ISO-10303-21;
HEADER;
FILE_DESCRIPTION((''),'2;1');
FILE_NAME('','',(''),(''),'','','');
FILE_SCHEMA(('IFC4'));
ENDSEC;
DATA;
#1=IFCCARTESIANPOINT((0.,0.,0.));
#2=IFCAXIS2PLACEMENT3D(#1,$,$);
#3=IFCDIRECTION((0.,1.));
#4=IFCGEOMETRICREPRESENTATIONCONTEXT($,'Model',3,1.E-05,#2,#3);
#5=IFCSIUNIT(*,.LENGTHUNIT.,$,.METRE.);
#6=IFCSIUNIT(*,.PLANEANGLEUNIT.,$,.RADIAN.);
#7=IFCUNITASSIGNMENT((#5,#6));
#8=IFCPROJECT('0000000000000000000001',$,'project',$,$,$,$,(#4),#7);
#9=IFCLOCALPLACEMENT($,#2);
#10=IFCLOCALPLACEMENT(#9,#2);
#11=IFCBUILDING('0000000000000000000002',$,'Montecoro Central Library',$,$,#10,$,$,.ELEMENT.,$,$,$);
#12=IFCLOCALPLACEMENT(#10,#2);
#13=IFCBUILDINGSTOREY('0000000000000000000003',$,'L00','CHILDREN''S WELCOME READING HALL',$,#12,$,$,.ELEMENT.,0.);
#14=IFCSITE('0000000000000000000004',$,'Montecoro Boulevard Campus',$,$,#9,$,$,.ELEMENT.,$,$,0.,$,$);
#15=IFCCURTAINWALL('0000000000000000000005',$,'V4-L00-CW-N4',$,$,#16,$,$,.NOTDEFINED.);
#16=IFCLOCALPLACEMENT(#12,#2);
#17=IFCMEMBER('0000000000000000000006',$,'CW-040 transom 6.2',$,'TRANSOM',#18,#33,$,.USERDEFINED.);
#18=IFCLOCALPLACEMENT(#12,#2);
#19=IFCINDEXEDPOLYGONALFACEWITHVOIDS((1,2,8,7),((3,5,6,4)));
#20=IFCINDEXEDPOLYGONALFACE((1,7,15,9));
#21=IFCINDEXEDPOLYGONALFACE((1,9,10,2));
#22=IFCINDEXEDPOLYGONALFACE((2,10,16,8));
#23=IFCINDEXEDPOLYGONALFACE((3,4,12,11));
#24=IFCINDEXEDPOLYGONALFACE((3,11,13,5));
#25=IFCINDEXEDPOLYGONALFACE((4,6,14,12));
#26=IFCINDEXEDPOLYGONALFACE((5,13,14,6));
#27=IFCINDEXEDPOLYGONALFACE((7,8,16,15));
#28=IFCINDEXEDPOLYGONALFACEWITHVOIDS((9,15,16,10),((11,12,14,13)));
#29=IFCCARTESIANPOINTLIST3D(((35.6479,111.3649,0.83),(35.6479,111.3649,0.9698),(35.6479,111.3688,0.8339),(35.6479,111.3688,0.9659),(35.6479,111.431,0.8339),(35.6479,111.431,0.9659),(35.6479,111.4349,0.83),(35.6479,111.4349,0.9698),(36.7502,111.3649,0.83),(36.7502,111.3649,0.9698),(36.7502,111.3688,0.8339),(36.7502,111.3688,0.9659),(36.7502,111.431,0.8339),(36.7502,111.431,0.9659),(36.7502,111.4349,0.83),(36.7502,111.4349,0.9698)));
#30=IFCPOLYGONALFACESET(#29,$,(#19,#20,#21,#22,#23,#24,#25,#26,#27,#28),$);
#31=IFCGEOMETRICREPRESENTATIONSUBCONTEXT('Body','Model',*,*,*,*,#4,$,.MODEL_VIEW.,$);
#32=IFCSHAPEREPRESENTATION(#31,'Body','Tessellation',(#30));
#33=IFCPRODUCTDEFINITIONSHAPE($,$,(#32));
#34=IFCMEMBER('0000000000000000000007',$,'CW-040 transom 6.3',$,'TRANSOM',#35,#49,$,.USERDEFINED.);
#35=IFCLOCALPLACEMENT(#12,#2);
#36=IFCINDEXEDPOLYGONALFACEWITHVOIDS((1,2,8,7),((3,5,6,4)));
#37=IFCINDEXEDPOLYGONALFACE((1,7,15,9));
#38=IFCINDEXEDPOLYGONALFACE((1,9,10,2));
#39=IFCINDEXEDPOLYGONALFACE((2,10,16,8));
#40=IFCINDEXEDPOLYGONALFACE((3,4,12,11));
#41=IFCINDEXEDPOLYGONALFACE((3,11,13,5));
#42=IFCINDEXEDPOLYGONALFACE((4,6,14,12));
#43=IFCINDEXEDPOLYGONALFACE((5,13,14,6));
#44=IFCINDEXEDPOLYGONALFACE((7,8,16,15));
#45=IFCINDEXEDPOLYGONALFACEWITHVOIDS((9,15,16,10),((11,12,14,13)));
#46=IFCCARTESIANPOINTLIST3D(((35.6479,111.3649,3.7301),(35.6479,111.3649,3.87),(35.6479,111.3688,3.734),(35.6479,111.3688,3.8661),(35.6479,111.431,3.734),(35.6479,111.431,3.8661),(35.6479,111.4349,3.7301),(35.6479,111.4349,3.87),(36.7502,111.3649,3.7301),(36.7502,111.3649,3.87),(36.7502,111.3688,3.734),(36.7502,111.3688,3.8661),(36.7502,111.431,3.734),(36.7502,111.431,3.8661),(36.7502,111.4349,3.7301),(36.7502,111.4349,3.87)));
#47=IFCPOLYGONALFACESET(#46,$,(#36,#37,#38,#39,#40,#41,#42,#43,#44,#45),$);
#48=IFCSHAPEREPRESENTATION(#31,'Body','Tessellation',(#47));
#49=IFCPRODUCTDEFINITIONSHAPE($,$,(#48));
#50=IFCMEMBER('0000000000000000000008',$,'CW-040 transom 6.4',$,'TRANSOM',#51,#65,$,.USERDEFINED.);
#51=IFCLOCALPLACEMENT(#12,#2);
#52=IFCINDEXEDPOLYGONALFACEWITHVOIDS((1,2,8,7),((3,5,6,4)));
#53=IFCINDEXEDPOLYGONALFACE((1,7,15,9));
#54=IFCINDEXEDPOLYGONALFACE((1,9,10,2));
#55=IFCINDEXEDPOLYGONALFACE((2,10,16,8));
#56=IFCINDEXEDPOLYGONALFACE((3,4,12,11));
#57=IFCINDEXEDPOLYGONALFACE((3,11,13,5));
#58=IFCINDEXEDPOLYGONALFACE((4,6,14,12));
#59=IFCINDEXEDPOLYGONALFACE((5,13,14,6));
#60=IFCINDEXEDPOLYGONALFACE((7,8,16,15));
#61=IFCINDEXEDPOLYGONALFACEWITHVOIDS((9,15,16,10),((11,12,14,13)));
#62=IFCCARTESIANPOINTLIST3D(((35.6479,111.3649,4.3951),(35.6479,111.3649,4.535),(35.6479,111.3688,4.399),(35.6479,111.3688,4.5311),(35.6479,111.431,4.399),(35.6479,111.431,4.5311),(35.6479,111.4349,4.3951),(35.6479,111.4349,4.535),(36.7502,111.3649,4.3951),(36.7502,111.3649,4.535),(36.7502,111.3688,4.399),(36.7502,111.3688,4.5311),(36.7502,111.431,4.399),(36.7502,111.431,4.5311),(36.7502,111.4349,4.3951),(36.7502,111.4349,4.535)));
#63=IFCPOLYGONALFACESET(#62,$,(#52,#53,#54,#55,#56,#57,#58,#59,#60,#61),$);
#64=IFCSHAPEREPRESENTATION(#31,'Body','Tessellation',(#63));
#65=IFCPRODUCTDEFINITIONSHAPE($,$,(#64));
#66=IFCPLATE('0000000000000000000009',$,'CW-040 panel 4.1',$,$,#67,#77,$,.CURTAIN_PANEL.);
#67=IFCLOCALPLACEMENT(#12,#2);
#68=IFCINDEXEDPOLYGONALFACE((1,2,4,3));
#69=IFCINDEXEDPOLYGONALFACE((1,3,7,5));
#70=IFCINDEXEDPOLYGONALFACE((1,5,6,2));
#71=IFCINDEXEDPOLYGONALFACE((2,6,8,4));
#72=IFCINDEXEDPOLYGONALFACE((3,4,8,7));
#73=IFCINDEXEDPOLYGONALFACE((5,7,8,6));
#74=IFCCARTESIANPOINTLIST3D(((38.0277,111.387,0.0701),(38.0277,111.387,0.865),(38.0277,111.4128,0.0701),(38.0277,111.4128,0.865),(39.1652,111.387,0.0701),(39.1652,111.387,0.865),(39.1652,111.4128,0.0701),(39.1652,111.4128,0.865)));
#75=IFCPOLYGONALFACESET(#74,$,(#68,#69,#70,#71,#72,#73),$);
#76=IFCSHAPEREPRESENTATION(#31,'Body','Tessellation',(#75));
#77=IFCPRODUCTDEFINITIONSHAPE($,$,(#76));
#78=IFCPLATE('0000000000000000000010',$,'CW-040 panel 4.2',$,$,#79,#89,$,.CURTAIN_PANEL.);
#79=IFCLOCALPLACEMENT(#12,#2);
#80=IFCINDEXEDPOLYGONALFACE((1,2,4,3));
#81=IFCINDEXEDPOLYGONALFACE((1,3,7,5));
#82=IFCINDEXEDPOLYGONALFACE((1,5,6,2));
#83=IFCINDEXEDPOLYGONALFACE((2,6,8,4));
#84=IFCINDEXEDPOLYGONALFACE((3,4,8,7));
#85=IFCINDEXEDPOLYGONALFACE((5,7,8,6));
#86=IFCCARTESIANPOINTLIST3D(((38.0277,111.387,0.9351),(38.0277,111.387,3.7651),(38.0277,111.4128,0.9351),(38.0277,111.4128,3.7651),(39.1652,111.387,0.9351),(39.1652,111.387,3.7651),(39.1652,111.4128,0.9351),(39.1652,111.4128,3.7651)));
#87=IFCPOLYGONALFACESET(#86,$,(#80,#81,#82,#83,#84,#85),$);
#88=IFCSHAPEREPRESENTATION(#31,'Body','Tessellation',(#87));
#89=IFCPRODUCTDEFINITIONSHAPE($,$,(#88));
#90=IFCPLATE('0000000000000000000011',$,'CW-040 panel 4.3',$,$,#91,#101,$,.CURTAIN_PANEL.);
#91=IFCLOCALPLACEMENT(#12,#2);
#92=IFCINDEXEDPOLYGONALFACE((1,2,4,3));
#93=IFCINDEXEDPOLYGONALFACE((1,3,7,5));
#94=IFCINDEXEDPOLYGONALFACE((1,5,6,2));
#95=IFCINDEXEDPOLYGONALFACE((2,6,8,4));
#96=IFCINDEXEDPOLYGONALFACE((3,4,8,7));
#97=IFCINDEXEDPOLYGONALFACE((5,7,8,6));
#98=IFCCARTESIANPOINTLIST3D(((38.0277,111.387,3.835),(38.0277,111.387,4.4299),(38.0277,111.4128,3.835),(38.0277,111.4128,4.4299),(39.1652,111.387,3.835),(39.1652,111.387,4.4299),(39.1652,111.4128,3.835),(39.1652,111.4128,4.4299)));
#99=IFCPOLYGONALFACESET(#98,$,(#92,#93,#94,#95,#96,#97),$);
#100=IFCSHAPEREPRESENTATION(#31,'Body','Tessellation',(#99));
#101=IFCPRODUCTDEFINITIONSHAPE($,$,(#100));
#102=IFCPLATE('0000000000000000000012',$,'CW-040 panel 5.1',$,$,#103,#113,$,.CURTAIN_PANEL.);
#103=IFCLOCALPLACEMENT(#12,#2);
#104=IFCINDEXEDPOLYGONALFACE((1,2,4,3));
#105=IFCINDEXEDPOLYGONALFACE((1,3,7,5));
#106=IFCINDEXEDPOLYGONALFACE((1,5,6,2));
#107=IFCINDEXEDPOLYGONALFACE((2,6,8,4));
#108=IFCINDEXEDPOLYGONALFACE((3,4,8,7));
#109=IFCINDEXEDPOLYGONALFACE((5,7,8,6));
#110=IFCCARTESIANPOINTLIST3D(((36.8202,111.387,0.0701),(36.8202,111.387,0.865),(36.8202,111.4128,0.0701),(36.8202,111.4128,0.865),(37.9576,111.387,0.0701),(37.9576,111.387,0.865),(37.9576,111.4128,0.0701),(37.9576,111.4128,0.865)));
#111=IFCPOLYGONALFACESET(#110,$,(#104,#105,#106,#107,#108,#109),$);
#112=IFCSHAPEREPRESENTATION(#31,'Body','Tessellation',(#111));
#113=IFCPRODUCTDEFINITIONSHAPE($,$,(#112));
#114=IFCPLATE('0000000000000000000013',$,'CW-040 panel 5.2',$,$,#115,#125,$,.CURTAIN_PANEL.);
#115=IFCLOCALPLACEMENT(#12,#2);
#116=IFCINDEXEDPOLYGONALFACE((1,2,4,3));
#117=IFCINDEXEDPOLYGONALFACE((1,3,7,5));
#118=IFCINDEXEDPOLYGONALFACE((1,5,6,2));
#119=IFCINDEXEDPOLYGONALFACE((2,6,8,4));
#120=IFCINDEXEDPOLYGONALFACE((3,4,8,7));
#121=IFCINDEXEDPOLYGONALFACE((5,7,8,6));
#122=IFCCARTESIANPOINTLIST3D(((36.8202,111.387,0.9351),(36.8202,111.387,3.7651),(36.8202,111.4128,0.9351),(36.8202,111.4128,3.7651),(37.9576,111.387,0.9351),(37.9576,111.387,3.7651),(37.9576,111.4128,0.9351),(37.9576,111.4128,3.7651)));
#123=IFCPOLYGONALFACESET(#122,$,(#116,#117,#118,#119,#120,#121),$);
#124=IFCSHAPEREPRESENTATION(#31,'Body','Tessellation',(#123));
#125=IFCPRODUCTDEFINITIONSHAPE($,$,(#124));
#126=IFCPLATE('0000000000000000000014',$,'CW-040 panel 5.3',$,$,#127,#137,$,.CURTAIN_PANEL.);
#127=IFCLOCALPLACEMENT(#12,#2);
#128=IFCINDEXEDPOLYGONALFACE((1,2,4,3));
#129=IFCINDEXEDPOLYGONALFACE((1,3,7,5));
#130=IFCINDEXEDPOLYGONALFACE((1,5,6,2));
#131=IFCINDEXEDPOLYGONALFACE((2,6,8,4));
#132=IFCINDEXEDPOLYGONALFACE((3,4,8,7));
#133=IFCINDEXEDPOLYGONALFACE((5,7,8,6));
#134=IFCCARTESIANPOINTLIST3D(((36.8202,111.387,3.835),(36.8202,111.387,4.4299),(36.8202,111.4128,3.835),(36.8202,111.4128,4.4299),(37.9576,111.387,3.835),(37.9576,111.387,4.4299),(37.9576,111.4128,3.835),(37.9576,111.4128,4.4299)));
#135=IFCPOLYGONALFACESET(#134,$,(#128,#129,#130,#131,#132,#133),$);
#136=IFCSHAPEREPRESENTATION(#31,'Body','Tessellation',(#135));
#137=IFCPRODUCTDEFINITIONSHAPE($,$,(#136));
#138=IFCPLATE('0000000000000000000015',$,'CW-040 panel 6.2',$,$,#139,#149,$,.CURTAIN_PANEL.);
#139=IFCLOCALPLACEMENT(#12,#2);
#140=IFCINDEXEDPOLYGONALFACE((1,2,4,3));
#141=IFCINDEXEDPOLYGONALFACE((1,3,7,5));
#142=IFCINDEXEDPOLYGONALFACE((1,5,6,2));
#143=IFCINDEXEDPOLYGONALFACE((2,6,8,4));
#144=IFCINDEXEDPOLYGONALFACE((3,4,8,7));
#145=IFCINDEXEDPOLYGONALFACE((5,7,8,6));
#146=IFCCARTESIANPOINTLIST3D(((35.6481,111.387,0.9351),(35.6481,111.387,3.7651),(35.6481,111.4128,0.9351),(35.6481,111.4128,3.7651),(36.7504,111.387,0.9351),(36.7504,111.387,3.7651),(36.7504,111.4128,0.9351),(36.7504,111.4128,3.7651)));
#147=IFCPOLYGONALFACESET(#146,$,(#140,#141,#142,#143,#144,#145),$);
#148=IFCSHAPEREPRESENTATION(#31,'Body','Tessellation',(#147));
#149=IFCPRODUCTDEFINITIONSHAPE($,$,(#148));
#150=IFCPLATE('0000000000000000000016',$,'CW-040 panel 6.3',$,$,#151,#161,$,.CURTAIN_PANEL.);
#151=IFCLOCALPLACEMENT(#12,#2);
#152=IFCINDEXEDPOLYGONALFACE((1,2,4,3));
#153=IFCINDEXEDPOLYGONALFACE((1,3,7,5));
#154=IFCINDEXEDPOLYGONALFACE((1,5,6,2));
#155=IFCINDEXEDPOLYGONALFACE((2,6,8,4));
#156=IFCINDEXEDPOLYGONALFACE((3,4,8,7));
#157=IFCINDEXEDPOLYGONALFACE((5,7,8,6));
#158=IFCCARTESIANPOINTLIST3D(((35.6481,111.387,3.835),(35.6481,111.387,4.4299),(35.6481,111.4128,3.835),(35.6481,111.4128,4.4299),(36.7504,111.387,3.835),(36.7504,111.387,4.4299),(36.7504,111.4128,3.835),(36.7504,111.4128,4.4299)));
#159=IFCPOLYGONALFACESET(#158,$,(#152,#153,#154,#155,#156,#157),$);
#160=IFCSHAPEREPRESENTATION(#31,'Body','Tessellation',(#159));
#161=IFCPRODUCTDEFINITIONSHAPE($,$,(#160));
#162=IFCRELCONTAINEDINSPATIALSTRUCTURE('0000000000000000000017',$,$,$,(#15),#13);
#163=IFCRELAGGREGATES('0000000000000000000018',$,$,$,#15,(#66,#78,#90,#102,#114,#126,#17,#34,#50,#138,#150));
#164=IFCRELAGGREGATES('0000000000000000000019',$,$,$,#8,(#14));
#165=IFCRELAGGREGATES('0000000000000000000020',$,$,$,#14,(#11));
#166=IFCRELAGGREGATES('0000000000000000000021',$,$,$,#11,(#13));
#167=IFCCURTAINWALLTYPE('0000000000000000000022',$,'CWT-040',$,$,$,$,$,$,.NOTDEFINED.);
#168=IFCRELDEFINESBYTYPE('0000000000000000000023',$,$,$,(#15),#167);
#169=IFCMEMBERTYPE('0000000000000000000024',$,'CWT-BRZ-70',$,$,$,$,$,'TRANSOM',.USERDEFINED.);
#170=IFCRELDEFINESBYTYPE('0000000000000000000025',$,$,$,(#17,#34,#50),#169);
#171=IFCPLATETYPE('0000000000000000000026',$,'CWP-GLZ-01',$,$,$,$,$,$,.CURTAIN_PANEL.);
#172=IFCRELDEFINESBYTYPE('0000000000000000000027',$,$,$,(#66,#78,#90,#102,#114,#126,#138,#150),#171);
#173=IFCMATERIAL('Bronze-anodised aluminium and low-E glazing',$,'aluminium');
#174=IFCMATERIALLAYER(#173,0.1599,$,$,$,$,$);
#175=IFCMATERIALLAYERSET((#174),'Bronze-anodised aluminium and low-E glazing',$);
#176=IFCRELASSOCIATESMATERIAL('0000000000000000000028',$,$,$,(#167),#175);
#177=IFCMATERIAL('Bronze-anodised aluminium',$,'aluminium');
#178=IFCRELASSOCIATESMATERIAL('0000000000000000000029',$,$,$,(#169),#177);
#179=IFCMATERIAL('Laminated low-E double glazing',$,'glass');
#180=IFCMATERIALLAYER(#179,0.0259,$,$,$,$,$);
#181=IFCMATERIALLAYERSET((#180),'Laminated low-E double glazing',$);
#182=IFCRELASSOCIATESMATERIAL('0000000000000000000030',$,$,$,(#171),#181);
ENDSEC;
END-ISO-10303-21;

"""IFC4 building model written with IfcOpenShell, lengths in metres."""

from ifc_helpers import new_model, si_unit, direction, frame, origin, origin_2d, place, context, subcontext, project, spatial, rectangle, hollow_rectangle, extrude, material, layer, layer_set, material_profile, profile_set, type_object, element, aggregate, save


model = new_model("IFC4")

# Units and contexts
model_context = context("Model", 3, precision=1e-05, world=origin(), true_north=direction((0.0, 1.0)))
body_context = subcontext(model_context, "Body", "Model", "MODEL_VIEW")
ifc_project = project(units=[si_unit("LENGTHUNIT", "METRE"), si_unit("PLANEANGLEUNIT", "RADIAN")], contexts=[model_context])

# Site, building, storey
site_placement = place(None, origin())
site = spatial("IfcSite", under=ifc_project, at=site_placement, Name="Montecoro Boulevard Campus", CompositionType="ELEMENT", RefElevation=0.0)
building_placement = place(site_placement, origin())
building = spatial("IfcBuilding", under=site, at=building_placement, Name="Montecoro Central Library", CompositionType="ELEMENT")
storey_placement = place(building_placement, origin())
storey = spatial("IfcBuildingStorey", under=building, at=storey_placement, Name="L00", Description="CHILDREN'S WELCOME READING HALL", CompositionType="ELEMENT", Elevation=0.0)

# Curtain wall, members, plates
ifc_material_1 = material(Name="Bronze-anodised aluminium and low-E glazing", Category="aluminium")
ifc_layer_1 = layer(ifc_material_1, 0.1599)
ifc_layer_set_1 = layer_set([ifc_layer_1], Name="Bronze-anodised aluminium and low-E glazing")
curtain_wall_type = type_object("IfcCurtainWallType", Name="CWT-040", PredefinedType="NOTDEFINED", material=ifc_layer_set_1)
curtain_wall_placement = place(storey_placement, origin())
curtain_wall = element("IfcCurtainWall", 1, at=curtain_wall_placement, inside=storey, type_object=curtain_wall_type, Name="V4-L00-CW-N4", PredefinedType="NOTDEFINED")
ifc_material_2 = material(Name="Bronze-anodised aluminium", Category="aluminium")
ifc_material_profile_1 = material_profile(ifc_material_2, hollow_rectangle(XDim=0.0701, YDim=0.1399, WallThickness=0.0039, at=origin_2d()), Name="CWT 140x70x4.0")
ifc_profile_set_1 = profile_set([ifc_material_profile_1], Name="Bronze-anodised aluminium")
member_type_1 = type_object("IfcMemberType", Name="CWT-BRZ-70", ElementType="TRANSOM", PredefinedType="USERDEFINED", material=ifc_profile_set_1)
member_1_placement = place(storey_placement, frame((36.7502, 111.3999, 0.8999), z_axis=(-1.0, 0.0, 0.0), x_axis=(0.0, -1.0, 0.0)))
member_1 = element("IfcMember", 2, at=member_1_placement, type_object=member_type_1, Name="CW-040 transom 6.2", ObjectType="TRANSOM", PredefinedType="USERDEFINED", context=body_context, shape_type="SweptSolid", body=[
    extrude(hollow_rectangle(XDim=0.0701, YDim=0.1399, WallThickness=0.0039, at=origin_2d()), origin(), (0.0, 0.0, 1.0), 1.1023),
])
member_2_placement = place(storey_placement, frame((36.7502, 111.3999, 3.8), z_axis=(-1.0, 0.0, 0.0), x_axis=(0.0, -1.0, 0.0)))
member_2 = element("IfcMember", 3, at=member_2_placement, type_object=member_type_1, Name="CW-040 transom 6.3", ObjectType="TRANSOM", PredefinedType="USERDEFINED", context=body_context, shape_type="SweptSolid", body=[
    extrude(hollow_rectangle(XDim=0.0701, YDim=0.1399, WallThickness=0.0039, at=origin_2d()), origin(), (0.0, 0.0, 1.0), 1.1023),
])
member_3_placement = place(storey_placement, frame((36.7502, 111.3999, 4.4651), z_axis=(-1.0, 0.0, 0.0), x_axis=(0.0, -1.0, 0.0)))
member_3 = element("IfcMember", 4, at=member_3_placement, type_object=member_type_1, Name="CW-040 transom 6.4", ObjectType="TRANSOM", PredefinedType="USERDEFINED", context=body_context, shape_type="SweptSolid", body=[
    extrude(hollow_rectangle(XDim=0.0701, YDim=0.1399, WallThickness=0.0039, at=origin_2d()), origin(), (0.0, 0.0, 1.0), 1.1023),
])
ifc_material_3 = material(Name="Laminated low-E double glazing", Category="glass")
ifc_layer_2 = layer(ifc_material_3, 0.0259)
ifc_layer_set_2 = layer_set([ifc_layer_2], Name="Laminated low-E double glazing")
plate_type = type_object("IfcPlateType", Name="CWP-GLZ-01", PredefinedType="CURTAIN_PANEL", material=ifc_layer_set_2)
plate_1_placement = place(storey_placement, frame((38.5964, 111.3999, 0.0701), z_axis=(0.0, 0.0, 1.0), x_axis=(-1.0, 0.0, 0.0)))
plate_1 = element("IfcPlate", 5, at=plate_1_placement, type_object=plate_type, Name="CW-040 panel 4.1", PredefinedType="CURTAIN_PANEL", context=body_context, shape_type="SweptSolid", body=[
    extrude(rectangle(XDim=1.1375, YDim=0.0259, at=origin_2d()), origin(), (0.0, 0.0, 1.0), 0.7949),
])
plate_2_placement = place(storey_placement, frame((38.5964, 111.3999, 0.9351), z_axis=(0.0, 0.0, 1.0), x_axis=(-1.0, 0.0, 0.0)))
plate_2 = element("IfcPlate", 6, at=plate_2_placement, type_object=plate_type, Name="CW-040 panel 4.2", PredefinedType="CURTAIN_PANEL", context=body_context, shape_type="SweptSolid", body=[
    extrude(rectangle(XDim=1.1375, YDim=0.0259, at=origin_2d()), origin(), (0.0, 0.0, 1.0), 2.8301),
])
plate_3_placement = place(storey_placement, frame((38.5964, 111.3999, 3.835), z_axis=(0.0, 0.0, 1.0), x_axis=(-1.0, 0.0, 0.0)))
plate_3 = element("IfcPlate", 7, at=plate_3_placement, type_object=plate_type, Name="CW-040 panel 4.3", PredefinedType="CURTAIN_PANEL", context=body_context, shape_type="SweptSolid", body=[
    extrude(rectangle(XDim=1.1375, YDim=0.0259, at=origin_2d()), origin(), (0.0, 0.0, 1.0), 0.595),
])
plate_4_placement = place(storey_placement, frame((37.3889, 111.3999, 0.0701), z_axis=(0.0, 0.0, 1.0), x_axis=(-1.0, 0.0, 0.0)))
plate_4 = element("IfcPlate", 8, at=plate_4_placement, type_object=plate_type, Name="CW-040 panel 5.1", PredefinedType="CURTAIN_PANEL", context=body_context, shape_type="SweptSolid", body=[
    extrude(rectangle(XDim=1.1375, YDim=0.0259, at=origin_2d()), origin(), (0.0, 0.0, 1.0), 0.7949),
])
plate_5_placement = place(storey_placement, frame((37.3889, 111.3999, 0.9351), z_axis=(0.0, 0.0, 1.0), x_axis=(-1.0, 0.0, 0.0)))
plate_5 = element("IfcPlate", 9, at=plate_5_placement, type_object=plate_type, Name="CW-040 panel 5.2", PredefinedType="CURTAIN_PANEL", context=body_context, shape_type="SweptSolid", body=[
    extrude(rectangle(XDim=1.1375, YDim=0.0259, at=origin_2d()), origin(), (0.0, 0.0, 1.0), 2.8301),
])
plate_6_placement = place(storey_placement, frame((37.3889, 111.3999, 3.835), z_axis=(0.0, 0.0, 1.0), x_axis=(-1.0, 0.0, 0.0)))
plate_6 = element("IfcPlate", 10, at=plate_6_placement, type_object=plate_type, Name="CW-040 panel 5.3", PredefinedType="CURTAIN_PANEL", context=body_context, shape_type="SweptSolid", body=[
    extrude(rectangle(XDim=1.1375, YDim=0.0259, at=origin_2d()), origin(), (0.0, 0.0, 1.0), 0.595),
])
plate_7_placement = place(storey_placement, frame((36.1992, 111.3999, 0.9351), z_axis=(0.0, 0.0, 1.0), x_axis=(-1.0, 0.0, 0.0)))
plate_7 = element("IfcPlate", 11, at=plate_7_placement, type_object=plate_type, Name="CW-040 panel 6.2", PredefinedType="CURTAIN_PANEL", context=body_context, shape_type="SweptSolid", body=[
    extrude(rectangle(XDim=1.1023, YDim=0.0259, at=origin_2d()), origin(), (0.0, 0.0, 1.0), 2.8301),
])
plate_8_placement = place(storey_placement, frame((36.1992, 111.3999, 3.835), z_axis=(0.0, 0.0, 1.0), x_axis=(-1.0, 0.0, 0.0)))
plate_8 = element("IfcPlate", 12, at=plate_8_placement, type_object=plate_type, Name="CW-040 panel 6.3", PredefinedType="CURTAIN_PANEL", context=body_context, shape_type="SweptSolid", body=[
    extrude(rectangle(XDim=1.1023, YDim=0.0259, at=origin_2d()), origin(), (0.0, 0.0, 1.0), 0.595),
])
aggregate(curtain_wall, [plate_1, plate_2, plate_3, plate_4, plate_5, plate_6, member_1, member_2, member_3, plate_7, plate_8])

save(model, "model.ifc")
